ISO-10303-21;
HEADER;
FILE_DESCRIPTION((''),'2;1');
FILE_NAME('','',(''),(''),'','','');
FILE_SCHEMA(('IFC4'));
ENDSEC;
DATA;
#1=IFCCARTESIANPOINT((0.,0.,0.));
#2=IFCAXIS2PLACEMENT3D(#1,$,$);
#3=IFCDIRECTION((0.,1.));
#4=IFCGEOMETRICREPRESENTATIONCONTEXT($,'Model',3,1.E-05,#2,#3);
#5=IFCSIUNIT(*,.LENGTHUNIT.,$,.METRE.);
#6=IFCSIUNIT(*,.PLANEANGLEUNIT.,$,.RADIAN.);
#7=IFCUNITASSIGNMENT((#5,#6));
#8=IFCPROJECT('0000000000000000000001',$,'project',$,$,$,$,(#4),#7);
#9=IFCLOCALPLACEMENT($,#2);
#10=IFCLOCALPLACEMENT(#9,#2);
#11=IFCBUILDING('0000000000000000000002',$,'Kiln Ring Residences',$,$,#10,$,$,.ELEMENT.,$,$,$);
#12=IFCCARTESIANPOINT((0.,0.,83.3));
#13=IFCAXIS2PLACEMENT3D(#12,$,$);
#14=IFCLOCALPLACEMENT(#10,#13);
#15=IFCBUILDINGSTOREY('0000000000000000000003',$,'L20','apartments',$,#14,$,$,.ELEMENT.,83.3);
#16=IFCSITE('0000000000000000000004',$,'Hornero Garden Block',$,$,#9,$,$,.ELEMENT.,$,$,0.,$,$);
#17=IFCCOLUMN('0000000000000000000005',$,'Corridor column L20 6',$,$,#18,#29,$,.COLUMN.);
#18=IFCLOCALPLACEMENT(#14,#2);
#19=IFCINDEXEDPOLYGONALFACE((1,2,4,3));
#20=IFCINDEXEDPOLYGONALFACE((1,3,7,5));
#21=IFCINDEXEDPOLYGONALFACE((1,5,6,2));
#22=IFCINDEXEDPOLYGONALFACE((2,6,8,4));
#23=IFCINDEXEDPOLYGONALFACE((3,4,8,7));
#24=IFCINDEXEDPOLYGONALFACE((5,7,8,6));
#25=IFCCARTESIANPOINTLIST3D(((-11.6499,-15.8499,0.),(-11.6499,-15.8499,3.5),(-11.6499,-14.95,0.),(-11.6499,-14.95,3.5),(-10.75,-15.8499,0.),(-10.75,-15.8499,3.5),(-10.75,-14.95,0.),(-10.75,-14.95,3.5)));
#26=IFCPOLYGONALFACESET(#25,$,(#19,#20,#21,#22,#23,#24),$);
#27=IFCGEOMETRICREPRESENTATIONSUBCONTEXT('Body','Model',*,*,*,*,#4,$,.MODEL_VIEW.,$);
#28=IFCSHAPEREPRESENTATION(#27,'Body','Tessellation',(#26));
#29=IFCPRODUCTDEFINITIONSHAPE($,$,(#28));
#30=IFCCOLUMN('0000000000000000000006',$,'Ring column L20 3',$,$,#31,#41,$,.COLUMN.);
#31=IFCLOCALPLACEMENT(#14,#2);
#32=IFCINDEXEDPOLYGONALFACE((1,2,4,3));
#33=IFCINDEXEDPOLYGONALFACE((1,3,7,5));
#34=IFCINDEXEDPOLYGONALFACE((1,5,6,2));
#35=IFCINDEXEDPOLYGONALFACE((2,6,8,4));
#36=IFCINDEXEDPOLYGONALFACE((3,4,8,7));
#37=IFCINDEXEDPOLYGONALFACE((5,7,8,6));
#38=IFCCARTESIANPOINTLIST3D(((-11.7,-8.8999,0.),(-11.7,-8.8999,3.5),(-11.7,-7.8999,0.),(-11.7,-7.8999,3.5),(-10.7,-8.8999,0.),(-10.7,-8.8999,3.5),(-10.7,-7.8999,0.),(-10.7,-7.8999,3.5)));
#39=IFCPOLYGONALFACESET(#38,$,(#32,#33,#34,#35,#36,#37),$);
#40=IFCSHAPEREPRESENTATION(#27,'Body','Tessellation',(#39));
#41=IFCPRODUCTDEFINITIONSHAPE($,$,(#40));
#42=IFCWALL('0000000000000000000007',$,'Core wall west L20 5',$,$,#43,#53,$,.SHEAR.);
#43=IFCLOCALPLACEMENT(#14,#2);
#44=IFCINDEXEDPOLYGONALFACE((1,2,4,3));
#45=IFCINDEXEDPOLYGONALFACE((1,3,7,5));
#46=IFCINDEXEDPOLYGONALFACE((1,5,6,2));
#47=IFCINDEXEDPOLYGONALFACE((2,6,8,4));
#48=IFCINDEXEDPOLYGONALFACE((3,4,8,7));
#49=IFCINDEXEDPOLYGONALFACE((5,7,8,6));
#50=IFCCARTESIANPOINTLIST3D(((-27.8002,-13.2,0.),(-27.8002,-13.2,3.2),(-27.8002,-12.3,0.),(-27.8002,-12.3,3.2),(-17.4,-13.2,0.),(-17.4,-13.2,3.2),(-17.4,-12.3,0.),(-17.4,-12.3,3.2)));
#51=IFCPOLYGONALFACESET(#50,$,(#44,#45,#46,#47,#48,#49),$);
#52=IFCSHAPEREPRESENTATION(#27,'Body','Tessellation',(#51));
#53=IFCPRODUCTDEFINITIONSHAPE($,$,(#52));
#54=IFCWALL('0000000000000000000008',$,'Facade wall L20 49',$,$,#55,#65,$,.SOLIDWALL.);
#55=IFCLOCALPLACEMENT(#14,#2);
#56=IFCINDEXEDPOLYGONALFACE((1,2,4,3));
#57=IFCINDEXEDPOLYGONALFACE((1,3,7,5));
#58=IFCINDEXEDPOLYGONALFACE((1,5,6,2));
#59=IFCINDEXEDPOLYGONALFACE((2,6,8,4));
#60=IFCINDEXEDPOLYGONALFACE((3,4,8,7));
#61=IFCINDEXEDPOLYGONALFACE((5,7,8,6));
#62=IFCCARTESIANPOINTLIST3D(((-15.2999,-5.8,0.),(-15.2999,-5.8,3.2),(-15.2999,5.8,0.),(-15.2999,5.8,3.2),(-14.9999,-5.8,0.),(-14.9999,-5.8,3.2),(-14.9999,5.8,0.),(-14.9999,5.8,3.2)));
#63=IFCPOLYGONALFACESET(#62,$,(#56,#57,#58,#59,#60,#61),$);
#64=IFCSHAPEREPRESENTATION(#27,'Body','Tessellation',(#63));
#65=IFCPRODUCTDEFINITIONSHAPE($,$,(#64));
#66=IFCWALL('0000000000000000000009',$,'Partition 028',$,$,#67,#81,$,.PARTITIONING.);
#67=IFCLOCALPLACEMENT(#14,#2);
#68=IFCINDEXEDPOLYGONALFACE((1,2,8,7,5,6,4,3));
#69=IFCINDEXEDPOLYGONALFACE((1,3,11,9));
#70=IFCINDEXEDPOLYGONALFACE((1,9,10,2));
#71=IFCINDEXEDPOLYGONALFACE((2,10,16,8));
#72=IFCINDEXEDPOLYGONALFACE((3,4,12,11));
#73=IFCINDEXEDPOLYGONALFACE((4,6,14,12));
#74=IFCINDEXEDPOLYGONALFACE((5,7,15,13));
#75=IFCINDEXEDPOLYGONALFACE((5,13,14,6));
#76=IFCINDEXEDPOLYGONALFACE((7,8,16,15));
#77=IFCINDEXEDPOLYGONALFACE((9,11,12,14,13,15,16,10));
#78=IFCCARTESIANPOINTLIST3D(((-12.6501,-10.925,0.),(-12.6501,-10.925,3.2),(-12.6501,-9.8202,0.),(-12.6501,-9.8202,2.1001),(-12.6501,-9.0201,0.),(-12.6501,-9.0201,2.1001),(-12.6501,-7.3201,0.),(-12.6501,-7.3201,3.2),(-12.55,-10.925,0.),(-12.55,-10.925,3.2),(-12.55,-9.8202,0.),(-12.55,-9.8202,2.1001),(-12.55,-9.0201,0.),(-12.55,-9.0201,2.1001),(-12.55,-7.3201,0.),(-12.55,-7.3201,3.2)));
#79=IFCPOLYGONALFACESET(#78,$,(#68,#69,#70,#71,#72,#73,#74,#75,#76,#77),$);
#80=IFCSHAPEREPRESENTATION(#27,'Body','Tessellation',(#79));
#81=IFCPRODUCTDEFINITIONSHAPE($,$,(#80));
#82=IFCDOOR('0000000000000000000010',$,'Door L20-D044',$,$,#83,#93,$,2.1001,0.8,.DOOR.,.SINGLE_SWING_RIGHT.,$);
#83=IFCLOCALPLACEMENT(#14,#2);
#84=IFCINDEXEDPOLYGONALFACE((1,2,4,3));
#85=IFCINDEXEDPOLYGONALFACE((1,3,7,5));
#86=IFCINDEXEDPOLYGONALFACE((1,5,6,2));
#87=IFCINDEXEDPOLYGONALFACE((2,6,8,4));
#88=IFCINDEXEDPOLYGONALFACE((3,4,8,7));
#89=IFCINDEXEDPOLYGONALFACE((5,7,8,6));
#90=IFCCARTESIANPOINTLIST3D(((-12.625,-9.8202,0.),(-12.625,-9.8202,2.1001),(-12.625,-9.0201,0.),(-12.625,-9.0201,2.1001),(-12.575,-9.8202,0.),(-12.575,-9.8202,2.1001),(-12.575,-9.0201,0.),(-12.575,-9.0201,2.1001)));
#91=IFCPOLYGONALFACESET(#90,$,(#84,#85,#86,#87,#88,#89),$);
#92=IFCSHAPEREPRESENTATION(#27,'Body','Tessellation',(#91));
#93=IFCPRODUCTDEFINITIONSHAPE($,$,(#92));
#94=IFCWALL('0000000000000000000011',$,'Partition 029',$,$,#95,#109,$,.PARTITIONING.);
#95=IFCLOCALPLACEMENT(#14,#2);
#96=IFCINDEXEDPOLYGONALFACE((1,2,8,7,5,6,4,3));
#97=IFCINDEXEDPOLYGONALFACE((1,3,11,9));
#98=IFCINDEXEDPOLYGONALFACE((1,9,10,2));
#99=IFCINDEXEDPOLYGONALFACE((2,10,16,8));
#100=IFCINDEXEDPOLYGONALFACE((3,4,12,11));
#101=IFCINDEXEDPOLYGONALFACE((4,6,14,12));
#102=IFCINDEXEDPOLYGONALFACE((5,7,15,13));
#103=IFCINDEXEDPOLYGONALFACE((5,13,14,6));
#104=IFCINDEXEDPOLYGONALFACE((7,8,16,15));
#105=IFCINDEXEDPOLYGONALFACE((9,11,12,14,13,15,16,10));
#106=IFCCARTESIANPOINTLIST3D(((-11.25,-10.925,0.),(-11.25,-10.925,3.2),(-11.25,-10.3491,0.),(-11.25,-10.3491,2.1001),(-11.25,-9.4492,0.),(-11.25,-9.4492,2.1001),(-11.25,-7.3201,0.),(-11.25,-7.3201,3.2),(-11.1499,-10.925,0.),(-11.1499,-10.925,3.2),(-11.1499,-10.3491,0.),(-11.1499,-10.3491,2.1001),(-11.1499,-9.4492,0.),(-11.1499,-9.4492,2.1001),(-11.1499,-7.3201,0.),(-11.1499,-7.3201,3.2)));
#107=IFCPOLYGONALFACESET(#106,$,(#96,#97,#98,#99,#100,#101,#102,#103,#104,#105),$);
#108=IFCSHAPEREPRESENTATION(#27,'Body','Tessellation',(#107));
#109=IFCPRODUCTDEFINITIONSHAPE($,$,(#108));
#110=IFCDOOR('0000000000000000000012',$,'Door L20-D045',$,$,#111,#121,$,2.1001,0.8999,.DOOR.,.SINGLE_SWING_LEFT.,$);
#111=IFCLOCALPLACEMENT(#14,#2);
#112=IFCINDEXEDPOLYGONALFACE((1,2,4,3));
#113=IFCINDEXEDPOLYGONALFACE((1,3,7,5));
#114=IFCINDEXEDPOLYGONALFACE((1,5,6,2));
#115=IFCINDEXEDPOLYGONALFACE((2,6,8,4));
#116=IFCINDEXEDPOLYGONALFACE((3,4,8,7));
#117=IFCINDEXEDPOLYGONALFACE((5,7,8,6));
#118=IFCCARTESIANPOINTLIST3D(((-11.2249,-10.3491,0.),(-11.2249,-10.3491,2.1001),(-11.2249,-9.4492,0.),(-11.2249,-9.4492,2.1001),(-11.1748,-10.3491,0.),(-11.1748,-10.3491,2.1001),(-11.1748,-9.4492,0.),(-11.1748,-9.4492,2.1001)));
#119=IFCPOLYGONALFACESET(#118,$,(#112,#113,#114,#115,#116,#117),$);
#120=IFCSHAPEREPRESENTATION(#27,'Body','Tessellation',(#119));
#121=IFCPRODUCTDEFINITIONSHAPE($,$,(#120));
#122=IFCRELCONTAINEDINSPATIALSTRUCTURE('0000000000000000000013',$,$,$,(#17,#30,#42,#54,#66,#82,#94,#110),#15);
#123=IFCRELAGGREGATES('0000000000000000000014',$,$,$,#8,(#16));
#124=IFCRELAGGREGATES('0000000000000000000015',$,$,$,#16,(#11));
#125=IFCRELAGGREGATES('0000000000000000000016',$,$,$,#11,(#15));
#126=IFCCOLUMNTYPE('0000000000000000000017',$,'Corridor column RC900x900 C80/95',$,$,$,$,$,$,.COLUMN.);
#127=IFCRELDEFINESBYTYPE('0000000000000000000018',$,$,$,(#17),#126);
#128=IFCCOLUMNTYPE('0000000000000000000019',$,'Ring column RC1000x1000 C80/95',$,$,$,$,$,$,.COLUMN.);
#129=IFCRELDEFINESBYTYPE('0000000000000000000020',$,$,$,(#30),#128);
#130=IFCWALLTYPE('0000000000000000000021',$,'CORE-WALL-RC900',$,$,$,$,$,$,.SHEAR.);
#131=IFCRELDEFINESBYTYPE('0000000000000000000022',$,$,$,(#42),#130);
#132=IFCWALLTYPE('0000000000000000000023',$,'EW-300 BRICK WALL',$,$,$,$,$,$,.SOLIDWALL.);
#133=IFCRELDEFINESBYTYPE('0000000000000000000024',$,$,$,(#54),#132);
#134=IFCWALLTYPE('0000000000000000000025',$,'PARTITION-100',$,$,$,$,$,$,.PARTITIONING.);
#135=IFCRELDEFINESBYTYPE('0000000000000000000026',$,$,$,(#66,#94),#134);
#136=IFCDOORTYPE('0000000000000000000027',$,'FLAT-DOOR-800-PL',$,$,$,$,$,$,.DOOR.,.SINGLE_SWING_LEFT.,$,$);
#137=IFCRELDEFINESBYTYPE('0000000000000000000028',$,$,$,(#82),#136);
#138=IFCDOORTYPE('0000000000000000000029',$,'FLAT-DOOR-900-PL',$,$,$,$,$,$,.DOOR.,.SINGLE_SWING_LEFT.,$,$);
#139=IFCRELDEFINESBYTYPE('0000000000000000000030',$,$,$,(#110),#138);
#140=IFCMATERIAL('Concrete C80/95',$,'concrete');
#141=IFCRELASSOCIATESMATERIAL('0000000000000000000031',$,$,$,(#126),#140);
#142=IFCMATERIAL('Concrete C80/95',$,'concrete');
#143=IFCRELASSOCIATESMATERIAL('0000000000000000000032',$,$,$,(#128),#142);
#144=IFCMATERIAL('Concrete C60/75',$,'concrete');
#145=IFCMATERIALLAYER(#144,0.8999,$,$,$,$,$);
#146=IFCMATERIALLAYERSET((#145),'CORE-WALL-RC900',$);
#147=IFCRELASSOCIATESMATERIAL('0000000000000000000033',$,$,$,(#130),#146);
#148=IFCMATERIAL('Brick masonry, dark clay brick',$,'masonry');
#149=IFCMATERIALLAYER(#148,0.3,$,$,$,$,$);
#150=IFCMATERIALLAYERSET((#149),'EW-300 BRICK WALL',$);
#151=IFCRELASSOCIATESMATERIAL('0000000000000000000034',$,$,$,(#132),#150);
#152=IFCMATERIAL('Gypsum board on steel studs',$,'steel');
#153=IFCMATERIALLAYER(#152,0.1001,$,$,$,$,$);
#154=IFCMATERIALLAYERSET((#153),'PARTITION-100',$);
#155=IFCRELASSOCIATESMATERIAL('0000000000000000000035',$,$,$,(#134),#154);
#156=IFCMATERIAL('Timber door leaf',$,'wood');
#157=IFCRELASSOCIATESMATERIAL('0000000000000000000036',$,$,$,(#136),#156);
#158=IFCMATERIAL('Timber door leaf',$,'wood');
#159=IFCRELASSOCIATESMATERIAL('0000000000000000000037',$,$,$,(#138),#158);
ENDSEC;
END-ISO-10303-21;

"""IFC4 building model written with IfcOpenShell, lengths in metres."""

from ifc_helpers import new_model, si_unit, direction, frame, frame_2d, origin, origin_2d, place, context, subcontext, project, spatial, rectangle, extrude, material, layer, layer_set, material_profile, profile_set, type_object, element, fill, save


model = new_model("IFC4")

# Units and contexts
model_context = context("Model", 3, precision=1e-05, world=origin(), true_north=direction((0.0, 1.0)))
body_context = subcontext(model_context, "Body", "Model", "MODEL_VIEW")
ifc_project = project(units=[si_unit("LENGTHUNIT", "METRE"), si_unit("PLANEANGLEUNIT", "RADIAN")], contexts=[model_context])

# Site, building, storey
site_placement = place(None, origin())
site = spatial("IfcSite", under=ifc_project, at=site_placement, Name="Hornero Garden Block", CompositionType="ELEMENT", RefElevation=0.0)
building_placement = place(site_placement, origin())
building = spatial("IfcBuilding", under=site, at=building_placement, Name="Kiln Ring Residences", CompositionType="ELEMENT")
storey_placement = place(building_placement, frame((0.0, 0.0, 83.3)))
storey = spatial("IfcBuildingStorey", under=building, at=storey_placement, Name="L20", Description="apartments", CompositionType="ELEMENT", Elevation=83.3)

# Columns
ifc_material_1 = material(Name="Concrete C80/95", Category="concrete")
ifc_material_profile_1 = material_profile(ifc_material_1, rectangle(XDim=0.8999, YDim=0.8999, at=origin_2d()), Name="RC900x900")
ifc_profile_set_1 = profile_set([ifc_material_profile_1], Name="Concrete C80/95")
column_type_1 = type_object("IfcColumnType", Name="Corridor column RC900x900 C80/95", PredefinedType="COLUMN", material=ifc_profile_set_1)
column_1_placement = place(storey_placement, frame((-11.2, -15.3999, 0.0), z_axis=(0.0, 0.0, 1.0), x_axis=(1.0, 0.0, 0.0)))
element("IfcColumn", 1, at=column_1_placement, inside=storey, type_object=column_type_1, Name="Corridor column L20 6", PredefinedType="COLUMN", context=body_context, shape_type="SweptSolid", body=[
    extrude(rectangle(XDim=0.8999, YDim=0.8999, at=origin_2d()), origin(), (0.0, 0.0, 1.0), 3.5),
])
ifc_material_2 = material(Name="Concrete C80/95", Category="concrete")
ifc_material_profile_2 = material_profile(ifc_material_2, rectangle(XDim=1.0, YDim=1.0, at=origin_2d()), Name="RC1000x1000")
ifc_profile_set_2 = profile_set([ifc_material_profile_2], Name="Concrete C80/95")
column_type_2 = type_object("IfcColumnType", Name="Ring column RC1000x1000 C80/95", PredefinedType="COLUMN", material=ifc_profile_set_2)
column_2_placement = place(storey_placement, frame((-11.2, -8.3999, 0.0), z_axis=(0.0, 0.0, 1.0), x_axis=(1.0, 0.0, 0.0)))
element("IfcColumn", 2, at=column_2_placement, inside=storey, type_object=column_type_2, Name="Ring column L20 3", PredefinedType="COLUMN", context=body_context, shape_type="SweptSolid", body=[
    extrude(rectangle(XDim=1.0, YDim=1.0, at=origin_2d()), origin(), (0.0, 0.0, 1.0), 3.5),
])

# Walls
ifc_material_3 = material(Name="Concrete C60/75", Category="concrete")
ifc_layer_1 = layer(ifc_material_3, 0.8999)
ifc_layer_set_1 = layer_set([ifc_layer_1], Name="CORE-WALL-RC900")
wall_type_1 = type_object("IfcWallType", Name="CORE-WALL-RC900", PredefinedType="SHEAR", material=ifc_layer_set_1)
wall_1_placement = place(storey_placement, frame((-17.3999, -12.75, 0.0), z_axis=(0.0, 0.0, 1.0), x_axis=(-1.0, 0.0, 0.0)))
element("IfcWall", 3, at=wall_1_placement, inside=storey, type_object=wall_type_1, Name="Core wall west L20 5", PredefinedType="SHEAR", context=body_context, shape_type="SweptSolid", body=[
    extrude(rectangle(XDim=10.4001, YDim=0.8999, at=frame_2d((5.2002, 0.0))), origin(), (0.0, 0.0, 1.0), 3.2),
])
ifc_material_4 = material(Name="Brick masonry, dark clay brick", Category="masonry")
ifc_layer_2 = layer(ifc_material_4, 0.3)
ifc_layer_set_2 = layer_set([ifc_layer_2], Name="EW-300 BRICK WALL")
wall_type_2 = type_object("IfcWallType", Name="EW-300 BRICK WALL", PredefinedType="SOLIDWALL", material=ifc_layer_set_2)
wall_2_placement = place(storey_placement, frame((-15.1499, -5.8, 0.0), z_axis=(0.0, 0.0, 1.0), x_axis=(0.0, 1.0, 0.0)))
element("IfcWall", 4, at=wall_2_placement, inside=storey, type_object=wall_type_2, Name="Facade wall L20 49", PredefinedType="SOLIDWALL", context=body_context, shape_type="SweptSolid", body=[
    extrude(rectangle(XDim=11.6001, YDim=0.3, at=frame_2d((5.8, 0.0))), origin(), (0.0, 0.0, 1.0), 3.2),
])

# Walls, openings, doors
ifc_material_5 = material(Name="Gypsum board on steel studs", Category="steel")
ifc_layer_3 = layer(ifc_material_5, 0.1001)
ifc_layer_set_3 = layer_set([ifc_layer_3], Name="PARTITION-100")
wall_type_3 = type_object("IfcWallType", Name="PARTITION-100", PredefinedType="PARTITIONING", material=ifc_layer_set_3)
wall_3_placement = place(storey_placement, frame((-12.6001, -10.925, 0.0), z_axis=(0.0, 0.0, 1.0), x_axis=(0.0, 1.0, 0.0)))
wall_3 = element("IfcWall", 5, at=wall_3_placement, inside=storey, type_object=wall_type_3, Name="Partition 028", PredefinedType="PARTITIONING", context=body_context, shape_type="SweptSolid", body=[
    extrude(rectangle(XDim=3.605, YDim=0.1001, at=frame_2d((1.8025, 0.0))), origin(), (0.0, 0.0, 1.0), 3.2),
])
opening_1_placement = place(wall_3_placement, frame((1.105, 0.0, 0.0)))
opening_1 = element("IfcOpeningElement", 6, at=opening_1_placement, cuts=wall_3, PredefinedType="OPENING", context=body_context, shape_type="SweptSolid", body=[
    extrude(rectangle(XDim=0.8, YDim=2.1001, at=frame_2d((0.3999, 1.05))), frame((0.0, 0.0601, 0.0), z_axis=(0.0, -1.0, 0.0), x_axis=(1.0, 0.0, 0.0)), (0.0, 0.0, 1.0), 0.1201),
])
ifc_material_6 = material(Name="Timber door leaf", Category="wood")
door_type_1 = type_object("IfcDoorType", Name="FLAT-DOOR-800-PL", OperationType="SINGLE_SWING_LEFT", PredefinedType="DOOR", material=ifc_material_6)
door_1_placement = place(opening_1_placement, origin())
door_1 = element("IfcDoor", 7, at=door_1_placement, inside=storey, type_object=door_type_1, Name="Door L20-D044", OperationType="SINGLE_SWING_RIGHT", OverallHeight=2.1001, OverallWidth=0.8, PredefinedType="DOOR", context=body_context, shape_type="SweptSolid", body=[
    extrude(rectangle(XDim=0.8, YDim=2.1001, at=frame_2d((0.3999, 1.05))), frame((0.0, 0.0249, 0.0), z_axis=(0.0, -1.0, 0.0), x_axis=(1.0, 0.0, 0.0)), (0.0, 0.0, 1.0), 0.05),
])
fill(opening_1, door_1)
wall_4_placement = place(storey_placement, frame((-11.2, -10.925, 0.0), z_axis=(0.0, 0.0, 1.0), x_axis=(0.0, 1.0, 0.0)))
wall_4 = element("IfcWall", 8, at=wall_4_placement, inside=storey, type_object=wall_type_3, Name="Partition 029", PredefinedType="PARTITIONING", context=body_context, shape_type="SweptSolid", body=[
    extrude(rectangle(XDim=3.605, YDim=0.1001, at=frame_2d((1.8025, 0.0))), origin(), (0.0, 0.0, 1.0), 3.2),
])
opening_2_placement = place(wall_4_placement, frame((0.5759, 0.0, 0.0)))
opening_2 = element("IfcOpeningElement", 9, at=opening_2_placement, cuts=wall_4, PredefinedType="OPENING", context=body_context, shape_type="SweptSolid", body=[
    extrude(rectangle(XDim=0.8999, YDim=2.1001, at=frame_2d((0.45, 1.05))), frame((0.0, 0.0601, 0.0), z_axis=(0.0, -1.0, 0.0), x_axis=(1.0, 0.0, 0.0)), (0.0, 0.0, 1.0), 0.1201),
])
ifc_material_7 = material(Name="Timber door leaf", Category="wood")
door_type_2 = type_object("IfcDoorType", Name="FLAT-DOOR-900-PL", OperationType="SINGLE_SWING_LEFT", PredefinedType="DOOR", material=ifc_material_7)
door_2_placement = place(opening_2_placement, origin())
door_2 = element("IfcDoor", 10, at=door_2_placement, inside=storey, type_object=door_type_2, Name="Door L20-D045", OperationType="SINGLE_SWING_LEFT", OverallHeight=2.1001, OverallWidth=0.8999, PredefinedType="DOOR", context=body_context, shape_type="SweptSolid", body=[
    extrude(rectangle(XDim=0.8999, YDim=2.1001, at=frame_2d((0.45, 1.05))), frame((0.0, 0.0249, 0.0), z_axis=(0.0, -1.0, 0.0), x_axis=(1.0, 0.0, 0.0)), (0.0, 0.0, 1.0), 0.05),
])
fill(opening_2, door_2)

save(model, "model.ifc")
